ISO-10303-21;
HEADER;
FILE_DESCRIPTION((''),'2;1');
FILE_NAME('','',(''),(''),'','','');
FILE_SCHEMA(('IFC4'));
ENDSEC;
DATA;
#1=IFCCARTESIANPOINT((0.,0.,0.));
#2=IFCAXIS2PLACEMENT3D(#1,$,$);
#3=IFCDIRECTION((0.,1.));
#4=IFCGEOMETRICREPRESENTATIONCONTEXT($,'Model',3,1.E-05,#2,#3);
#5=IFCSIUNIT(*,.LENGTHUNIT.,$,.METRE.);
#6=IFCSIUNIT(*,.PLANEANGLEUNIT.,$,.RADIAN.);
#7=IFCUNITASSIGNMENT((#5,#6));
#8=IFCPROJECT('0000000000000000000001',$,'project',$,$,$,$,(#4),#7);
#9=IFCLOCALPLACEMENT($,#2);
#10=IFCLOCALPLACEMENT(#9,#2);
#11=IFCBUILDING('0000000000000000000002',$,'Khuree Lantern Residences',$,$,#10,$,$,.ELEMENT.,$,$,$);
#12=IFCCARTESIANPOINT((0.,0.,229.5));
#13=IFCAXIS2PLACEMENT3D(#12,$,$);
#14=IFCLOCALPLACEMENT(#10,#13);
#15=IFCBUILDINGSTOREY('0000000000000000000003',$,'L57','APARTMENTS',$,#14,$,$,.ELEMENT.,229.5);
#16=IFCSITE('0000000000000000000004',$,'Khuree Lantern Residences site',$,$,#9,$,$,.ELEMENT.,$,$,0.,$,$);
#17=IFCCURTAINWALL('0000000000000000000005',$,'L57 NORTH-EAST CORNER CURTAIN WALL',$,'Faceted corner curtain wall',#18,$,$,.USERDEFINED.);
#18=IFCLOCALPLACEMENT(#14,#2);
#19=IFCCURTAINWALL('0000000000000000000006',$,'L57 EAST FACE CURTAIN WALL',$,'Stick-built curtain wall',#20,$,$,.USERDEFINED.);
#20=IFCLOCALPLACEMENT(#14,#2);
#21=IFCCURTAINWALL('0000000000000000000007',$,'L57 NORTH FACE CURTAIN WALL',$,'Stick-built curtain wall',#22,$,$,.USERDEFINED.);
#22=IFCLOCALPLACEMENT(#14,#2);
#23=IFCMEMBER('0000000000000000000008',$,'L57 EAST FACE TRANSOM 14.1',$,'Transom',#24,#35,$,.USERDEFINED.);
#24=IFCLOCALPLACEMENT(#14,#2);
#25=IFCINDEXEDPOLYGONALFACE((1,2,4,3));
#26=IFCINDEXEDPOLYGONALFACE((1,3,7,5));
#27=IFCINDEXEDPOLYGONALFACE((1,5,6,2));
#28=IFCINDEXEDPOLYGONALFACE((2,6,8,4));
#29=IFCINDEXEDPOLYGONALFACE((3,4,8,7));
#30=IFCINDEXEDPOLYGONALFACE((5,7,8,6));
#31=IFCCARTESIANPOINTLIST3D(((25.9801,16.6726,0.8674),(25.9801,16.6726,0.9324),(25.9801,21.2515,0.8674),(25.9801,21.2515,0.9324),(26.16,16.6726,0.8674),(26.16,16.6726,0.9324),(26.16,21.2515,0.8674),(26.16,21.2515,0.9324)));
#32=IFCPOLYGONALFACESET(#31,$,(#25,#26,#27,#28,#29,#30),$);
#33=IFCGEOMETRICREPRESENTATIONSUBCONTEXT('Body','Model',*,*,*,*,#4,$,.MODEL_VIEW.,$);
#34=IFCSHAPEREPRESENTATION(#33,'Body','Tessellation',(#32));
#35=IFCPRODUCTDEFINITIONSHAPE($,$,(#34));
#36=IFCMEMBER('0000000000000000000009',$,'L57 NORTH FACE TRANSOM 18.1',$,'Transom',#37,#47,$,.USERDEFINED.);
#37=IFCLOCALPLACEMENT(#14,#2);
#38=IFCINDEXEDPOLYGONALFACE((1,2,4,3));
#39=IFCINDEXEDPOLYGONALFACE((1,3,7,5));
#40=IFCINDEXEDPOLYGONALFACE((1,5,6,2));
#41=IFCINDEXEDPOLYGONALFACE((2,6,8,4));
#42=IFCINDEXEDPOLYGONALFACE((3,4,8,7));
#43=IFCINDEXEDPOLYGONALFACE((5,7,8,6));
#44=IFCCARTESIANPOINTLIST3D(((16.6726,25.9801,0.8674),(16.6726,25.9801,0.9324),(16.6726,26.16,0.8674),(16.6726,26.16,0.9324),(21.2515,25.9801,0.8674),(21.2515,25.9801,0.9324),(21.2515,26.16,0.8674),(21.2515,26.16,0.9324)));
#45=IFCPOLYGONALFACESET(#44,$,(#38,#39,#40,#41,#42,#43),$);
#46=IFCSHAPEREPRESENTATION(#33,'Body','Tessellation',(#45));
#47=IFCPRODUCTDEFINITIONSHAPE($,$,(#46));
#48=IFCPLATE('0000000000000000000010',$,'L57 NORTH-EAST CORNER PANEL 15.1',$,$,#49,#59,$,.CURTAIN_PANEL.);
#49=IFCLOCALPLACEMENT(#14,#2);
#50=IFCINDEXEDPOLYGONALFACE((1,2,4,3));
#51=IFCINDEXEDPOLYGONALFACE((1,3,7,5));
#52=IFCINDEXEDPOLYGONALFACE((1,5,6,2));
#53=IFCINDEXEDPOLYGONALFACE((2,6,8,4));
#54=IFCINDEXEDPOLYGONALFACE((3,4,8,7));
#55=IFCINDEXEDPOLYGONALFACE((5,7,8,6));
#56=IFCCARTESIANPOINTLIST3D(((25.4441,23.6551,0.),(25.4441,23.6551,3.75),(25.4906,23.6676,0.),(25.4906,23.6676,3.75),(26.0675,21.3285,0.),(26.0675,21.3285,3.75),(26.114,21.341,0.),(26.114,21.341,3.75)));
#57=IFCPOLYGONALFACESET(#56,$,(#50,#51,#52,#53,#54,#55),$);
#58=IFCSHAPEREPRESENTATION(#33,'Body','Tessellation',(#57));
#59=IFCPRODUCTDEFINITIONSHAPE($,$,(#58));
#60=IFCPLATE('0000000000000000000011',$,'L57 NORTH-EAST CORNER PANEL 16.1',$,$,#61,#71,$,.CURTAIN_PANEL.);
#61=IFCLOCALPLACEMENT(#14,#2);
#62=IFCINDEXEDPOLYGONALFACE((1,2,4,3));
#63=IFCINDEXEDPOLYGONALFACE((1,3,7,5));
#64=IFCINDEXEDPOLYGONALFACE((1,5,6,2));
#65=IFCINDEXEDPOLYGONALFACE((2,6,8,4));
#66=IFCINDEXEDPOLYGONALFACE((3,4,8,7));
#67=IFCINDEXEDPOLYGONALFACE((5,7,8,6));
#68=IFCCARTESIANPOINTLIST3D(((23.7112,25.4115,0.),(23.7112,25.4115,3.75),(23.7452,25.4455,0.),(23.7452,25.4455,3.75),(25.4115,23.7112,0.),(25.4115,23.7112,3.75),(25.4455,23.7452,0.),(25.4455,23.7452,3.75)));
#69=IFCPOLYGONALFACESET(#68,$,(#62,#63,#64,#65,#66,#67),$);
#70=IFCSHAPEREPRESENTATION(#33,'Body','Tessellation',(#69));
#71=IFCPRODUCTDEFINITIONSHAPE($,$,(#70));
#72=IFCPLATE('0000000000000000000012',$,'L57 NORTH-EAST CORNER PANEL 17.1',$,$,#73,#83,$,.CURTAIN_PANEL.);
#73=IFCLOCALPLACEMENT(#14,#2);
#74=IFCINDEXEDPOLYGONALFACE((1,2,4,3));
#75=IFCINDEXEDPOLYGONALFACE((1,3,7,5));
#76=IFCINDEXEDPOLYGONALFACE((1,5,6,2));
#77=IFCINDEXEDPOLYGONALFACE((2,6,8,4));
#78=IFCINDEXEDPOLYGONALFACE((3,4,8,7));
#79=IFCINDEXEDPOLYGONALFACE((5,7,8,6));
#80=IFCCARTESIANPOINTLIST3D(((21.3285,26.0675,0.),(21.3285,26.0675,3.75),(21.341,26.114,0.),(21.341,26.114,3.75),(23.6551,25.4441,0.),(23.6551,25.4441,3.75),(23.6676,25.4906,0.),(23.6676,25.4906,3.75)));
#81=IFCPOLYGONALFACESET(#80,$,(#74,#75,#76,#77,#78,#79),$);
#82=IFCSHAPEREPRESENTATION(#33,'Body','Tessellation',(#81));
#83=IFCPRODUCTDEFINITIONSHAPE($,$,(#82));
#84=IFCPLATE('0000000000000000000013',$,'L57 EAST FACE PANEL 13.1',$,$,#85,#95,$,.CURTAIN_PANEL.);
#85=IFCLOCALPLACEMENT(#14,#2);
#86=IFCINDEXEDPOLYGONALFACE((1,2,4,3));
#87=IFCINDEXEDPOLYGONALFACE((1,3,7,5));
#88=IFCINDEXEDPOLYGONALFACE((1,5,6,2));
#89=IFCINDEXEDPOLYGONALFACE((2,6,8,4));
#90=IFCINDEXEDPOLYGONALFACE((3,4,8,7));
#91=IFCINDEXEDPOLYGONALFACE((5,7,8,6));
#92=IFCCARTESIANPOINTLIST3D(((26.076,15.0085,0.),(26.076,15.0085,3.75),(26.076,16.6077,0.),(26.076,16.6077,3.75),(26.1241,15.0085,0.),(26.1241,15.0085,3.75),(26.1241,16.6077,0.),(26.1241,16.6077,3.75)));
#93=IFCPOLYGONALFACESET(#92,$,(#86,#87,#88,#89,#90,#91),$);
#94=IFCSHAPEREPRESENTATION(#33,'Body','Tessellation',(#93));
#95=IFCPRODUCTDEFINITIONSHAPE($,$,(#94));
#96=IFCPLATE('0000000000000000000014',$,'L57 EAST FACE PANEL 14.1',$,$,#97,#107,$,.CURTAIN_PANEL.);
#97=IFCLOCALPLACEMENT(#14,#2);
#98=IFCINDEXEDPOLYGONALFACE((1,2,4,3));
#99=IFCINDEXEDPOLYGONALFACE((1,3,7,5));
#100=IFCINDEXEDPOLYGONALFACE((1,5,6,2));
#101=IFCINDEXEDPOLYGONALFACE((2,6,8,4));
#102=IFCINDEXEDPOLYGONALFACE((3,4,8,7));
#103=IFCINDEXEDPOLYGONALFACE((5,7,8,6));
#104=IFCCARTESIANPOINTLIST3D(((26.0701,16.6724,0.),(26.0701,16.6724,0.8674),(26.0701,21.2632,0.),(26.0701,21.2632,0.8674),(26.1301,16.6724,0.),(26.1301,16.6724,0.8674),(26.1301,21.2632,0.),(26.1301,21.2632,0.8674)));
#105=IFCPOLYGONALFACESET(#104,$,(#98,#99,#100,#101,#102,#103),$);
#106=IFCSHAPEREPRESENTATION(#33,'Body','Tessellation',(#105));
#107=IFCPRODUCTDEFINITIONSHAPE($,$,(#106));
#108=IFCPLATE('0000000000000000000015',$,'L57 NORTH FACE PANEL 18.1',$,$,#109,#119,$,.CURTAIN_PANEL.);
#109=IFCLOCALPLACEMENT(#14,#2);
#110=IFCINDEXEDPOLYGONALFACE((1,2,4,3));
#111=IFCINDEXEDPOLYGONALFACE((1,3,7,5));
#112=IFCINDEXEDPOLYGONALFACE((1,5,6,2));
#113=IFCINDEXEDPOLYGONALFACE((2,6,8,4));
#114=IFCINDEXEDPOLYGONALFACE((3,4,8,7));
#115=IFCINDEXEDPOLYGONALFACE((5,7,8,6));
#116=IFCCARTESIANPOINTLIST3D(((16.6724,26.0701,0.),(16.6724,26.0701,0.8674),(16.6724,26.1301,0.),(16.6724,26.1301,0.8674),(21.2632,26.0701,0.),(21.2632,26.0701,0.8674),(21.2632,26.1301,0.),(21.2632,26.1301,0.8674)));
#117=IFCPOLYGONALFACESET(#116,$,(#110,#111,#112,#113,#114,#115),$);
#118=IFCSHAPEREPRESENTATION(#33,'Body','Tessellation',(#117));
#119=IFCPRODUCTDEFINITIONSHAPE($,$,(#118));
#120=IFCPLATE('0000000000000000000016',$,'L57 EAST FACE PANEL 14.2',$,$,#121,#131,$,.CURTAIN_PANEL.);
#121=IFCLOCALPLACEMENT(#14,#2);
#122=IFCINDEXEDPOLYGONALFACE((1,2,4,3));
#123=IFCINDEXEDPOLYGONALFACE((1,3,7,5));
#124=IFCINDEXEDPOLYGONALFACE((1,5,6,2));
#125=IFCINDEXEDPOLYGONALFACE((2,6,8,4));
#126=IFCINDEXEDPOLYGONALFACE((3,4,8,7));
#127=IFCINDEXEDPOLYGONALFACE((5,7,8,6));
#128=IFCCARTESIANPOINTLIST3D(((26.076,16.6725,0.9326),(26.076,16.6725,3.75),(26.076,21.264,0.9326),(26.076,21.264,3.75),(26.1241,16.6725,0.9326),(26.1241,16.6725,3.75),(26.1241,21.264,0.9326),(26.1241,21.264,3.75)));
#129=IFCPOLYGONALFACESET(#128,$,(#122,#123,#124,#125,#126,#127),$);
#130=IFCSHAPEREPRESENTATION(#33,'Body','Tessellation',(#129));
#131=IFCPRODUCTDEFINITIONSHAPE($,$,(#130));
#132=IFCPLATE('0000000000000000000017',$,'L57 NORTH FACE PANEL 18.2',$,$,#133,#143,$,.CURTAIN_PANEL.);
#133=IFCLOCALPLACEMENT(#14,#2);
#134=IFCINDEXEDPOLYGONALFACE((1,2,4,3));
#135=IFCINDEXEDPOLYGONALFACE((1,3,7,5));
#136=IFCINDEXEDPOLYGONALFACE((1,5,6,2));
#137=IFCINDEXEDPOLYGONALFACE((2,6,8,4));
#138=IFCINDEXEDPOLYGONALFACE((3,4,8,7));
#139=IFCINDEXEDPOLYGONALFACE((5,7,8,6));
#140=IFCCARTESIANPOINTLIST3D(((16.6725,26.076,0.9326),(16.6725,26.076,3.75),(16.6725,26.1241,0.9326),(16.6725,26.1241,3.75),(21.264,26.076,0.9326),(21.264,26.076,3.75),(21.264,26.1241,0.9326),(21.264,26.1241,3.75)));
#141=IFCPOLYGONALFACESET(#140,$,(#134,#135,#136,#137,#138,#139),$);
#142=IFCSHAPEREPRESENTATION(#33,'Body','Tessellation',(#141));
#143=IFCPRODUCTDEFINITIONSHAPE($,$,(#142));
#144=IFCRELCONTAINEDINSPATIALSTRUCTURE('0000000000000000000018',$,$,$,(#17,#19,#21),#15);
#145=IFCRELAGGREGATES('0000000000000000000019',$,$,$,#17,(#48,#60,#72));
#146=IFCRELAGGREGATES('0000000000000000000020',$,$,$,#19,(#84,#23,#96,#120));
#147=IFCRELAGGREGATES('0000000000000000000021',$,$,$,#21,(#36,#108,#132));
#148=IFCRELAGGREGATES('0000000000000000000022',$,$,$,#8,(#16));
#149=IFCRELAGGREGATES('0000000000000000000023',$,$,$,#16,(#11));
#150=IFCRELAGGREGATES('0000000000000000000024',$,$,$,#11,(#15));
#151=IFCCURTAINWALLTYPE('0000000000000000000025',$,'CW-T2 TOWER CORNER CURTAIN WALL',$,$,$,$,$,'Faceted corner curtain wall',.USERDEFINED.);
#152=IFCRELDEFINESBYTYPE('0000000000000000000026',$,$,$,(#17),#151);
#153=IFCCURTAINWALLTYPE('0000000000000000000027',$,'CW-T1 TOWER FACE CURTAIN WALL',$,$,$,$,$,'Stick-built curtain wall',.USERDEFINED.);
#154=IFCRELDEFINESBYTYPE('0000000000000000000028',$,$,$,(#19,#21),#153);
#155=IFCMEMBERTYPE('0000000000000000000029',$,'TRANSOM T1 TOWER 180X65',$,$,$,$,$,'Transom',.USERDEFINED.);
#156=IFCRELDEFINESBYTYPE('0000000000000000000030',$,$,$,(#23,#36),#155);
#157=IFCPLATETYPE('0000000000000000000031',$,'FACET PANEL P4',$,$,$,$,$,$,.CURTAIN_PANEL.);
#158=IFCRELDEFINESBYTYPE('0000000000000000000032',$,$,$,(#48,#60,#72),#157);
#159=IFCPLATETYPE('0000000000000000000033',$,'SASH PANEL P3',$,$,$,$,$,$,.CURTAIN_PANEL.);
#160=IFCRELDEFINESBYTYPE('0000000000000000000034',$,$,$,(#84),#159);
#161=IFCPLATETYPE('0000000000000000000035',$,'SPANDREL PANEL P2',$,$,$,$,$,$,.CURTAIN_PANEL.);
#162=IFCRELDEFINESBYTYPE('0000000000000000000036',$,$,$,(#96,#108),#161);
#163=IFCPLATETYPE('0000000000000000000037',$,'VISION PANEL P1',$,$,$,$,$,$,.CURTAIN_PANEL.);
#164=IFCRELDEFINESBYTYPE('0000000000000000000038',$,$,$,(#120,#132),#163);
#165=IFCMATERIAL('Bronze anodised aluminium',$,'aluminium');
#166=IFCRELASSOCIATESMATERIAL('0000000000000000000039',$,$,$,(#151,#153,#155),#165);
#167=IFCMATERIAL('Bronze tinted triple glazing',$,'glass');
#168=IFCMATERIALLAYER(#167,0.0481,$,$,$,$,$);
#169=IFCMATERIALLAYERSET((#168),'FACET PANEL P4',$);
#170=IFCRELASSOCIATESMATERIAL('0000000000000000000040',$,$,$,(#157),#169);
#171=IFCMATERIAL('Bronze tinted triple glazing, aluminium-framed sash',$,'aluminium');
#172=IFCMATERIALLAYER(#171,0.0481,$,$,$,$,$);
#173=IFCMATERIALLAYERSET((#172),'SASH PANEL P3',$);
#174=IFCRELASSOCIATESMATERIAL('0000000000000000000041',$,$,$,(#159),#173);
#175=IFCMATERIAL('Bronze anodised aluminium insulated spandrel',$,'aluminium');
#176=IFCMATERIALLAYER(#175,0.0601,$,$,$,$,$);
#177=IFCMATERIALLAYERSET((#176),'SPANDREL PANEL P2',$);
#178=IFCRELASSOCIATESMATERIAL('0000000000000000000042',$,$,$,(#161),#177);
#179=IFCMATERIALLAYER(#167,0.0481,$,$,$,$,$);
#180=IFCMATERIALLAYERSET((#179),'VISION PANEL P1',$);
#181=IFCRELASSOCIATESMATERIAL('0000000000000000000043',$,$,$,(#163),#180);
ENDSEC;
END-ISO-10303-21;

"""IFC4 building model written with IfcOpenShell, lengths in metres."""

from ifc_helpers import new_model, si_unit, direction, frame, origin, origin_2d, place, context, subcontext, project, spatial, rectangle, extrude, material, layer, layer_set, material_profile, profile_set, type_object, element, aggregate, save


model = new_model("IFC4")

# Units and contexts
model_context = context("Model", 3, precision=1e-05, world=origin(), true_north=direction((0.0, 1.0)))
body_context = subcontext(model_context, "Body", "Model", "MODEL_VIEW")
ifc_project = project(units=[si_unit("LENGTHUNIT", "METRE"), si_unit("PLANEANGLEUNIT", "RADIAN")], contexts=[model_context])

# Site, building, storey
site_placement = place(None, origin())
site = spatial("IfcSite", under=ifc_project, at=site_placement, Name="Khuree Lantern Residences site", CompositionType="ELEMENT", RefElevation=0.0)
building_placement = place(site_placement, origin())
building = spatial("IfcBuilding", under=site, at=building_placement, Name="Khuree Lantern Residences", CompositionType="ELEMENT")
storey_placement = place(building_placement, frame((0.0, 0.0, 229.5)))
storey = spatial("IfcBuildingStorey", under=building, at=storey_placement, Name="L57", Description="APARTMENTS", CompositionType="ELEMENT", Elevation=229.5)

# Curtain wall
ifc_material_1 = material(Name="Bronze anodised aluminium", Category="aluminium")
curtain_wall_type_1 = type_object("IfcCurtainWallType", Name="CW-T2 TOWER CORNER CURTAIN WALL", ElementType="Faceted corner curtain wall", PredefinedType="USERDEFINED", material=ifc_material_1)
curtain_wall_1_placement = place(storey_placement, origin())
curtain_wall_1 = element("IfcCurtainWall", 1, at=curtain_wall_1_placement, inside=storey, type_object=curtain_wall_type_1, Name="L57 NORTH-EAST CORNER CURTAIN WALL", ObjectType="Faceted corner curtain wall", PredefinedType="USERDEFINED")

# Curtain wall
curtain_wall_type_2 = type_object("IfcCurtainWallType", Name="CW-T1 TOWER FACE CURTAIN WALL", ElementType="Stick-built curtain wall", PredefinedType="USERDEFINED", material=ifc_material_1)
curtain_wall_2_placement = place(storey_placement, origin())
curtain_wall_2 = element("IfcCurtainWall", 2, at=curtain_wall_2_placement, inside=storey, type_object=curtain_wall_type_2, Name="L57 EAST FACE CURTAIN WALL", ObjectType="Stick-built curtain wall", PredefinedType="USERDEFINED")

# Curtain wall
curtain_wall_3_placement = place(storey_placement, origin())
curtain_wall_3 = element("IfcCurtainWall", 3, at=curtain_wall_3_placement, inside=storey, type_object=curtain_wall_type_2, Name="L57 NORTH FACE CURTAIN WALL", ObjectType="Stick-built curtain wall", PredefinedType="USERDEFINED")

# Members
ifc_material_profile_1 = material_profile(ifc_material_1, rectangle(XDim=0.1799, YDim=0.0649, at=origin_2d()), Name="T1 180X65")
ifc_profile_set_1 = profile_set([ifc_material_profile_1], Name="Bronze anodised aluminium")
member_type_1 = type_object("IfcMemberType", Name="TRANSOM T1 TOWER 180X65", ElementType="Transom", PredefinedType="USERDEFINED", material=ifc_profile_set_1)
member_1_placement = place(storey_placement, frame((26.0701, 16.6726, 0.8999), z_axis=(0.0, 1.0, 0.0), x_axis=(-1.0, 0.0, 0.0)))
member_1 = element("IfcMember", 4, at=member_1_placement, type_object=member_type_1, Name="L57 EAST FACE TRANSOM 14.1", ObjectType="Transom", PredefinedType="USERDEFINED", context=body_context, shape_type="SweptSolid", body=[
    extrude(rectangle(XDim=0.1799, YDim=0.0649, at=origin_2d()), origin(), (0.0, 0.0, 1.0), 4.5789),
])
member_2_placement = place(storey_placement, frame((21.2515, 26.0701, 0.8999), z_axis=(-1.0, 0.0, 0.0), x_axis=(0.0, -1.0, 0.0)))
member_2 = element("IfcMember", 5, at=member_2_placement, type_object=member_type_1, Name="L57 NORTH FACE TRANSOM 18.1", ObjectType="Transom", PredefinedType="USERDEFINED", context=body_context, shape_type="SweptSolid", body=[
    extrude(rectangle(XDim=0.1799, YDim=0.0649, at=origin_2d()), origin(), (0.0, 0.0, 1.0), 4.5789),
])

# Plates
ifc_material_2 = material(Name="Bronze tinted triple glazing", Category="glass")
ifc_layer_1 = layer(ifc_material_2, 0.0481)
ifc_layer_set_1 = layer_set([ifc_layer_1], Name="FACET PANEL P4")
plate_type_1 = type_object("IfcPlateType", Name="FACET PANEL P4", PredefinedType="CURTAIN_PANEL", material=ifc_layer_set_1)
plate_1_placement = place(storey_placement, frame((25.7791, 22.498, 0.0), z_axis=(0.0, 0.0, 1.0), x_axis=(-0.258819, 0.965926, 0.0)))
plate_1 = element("IfcPlate", 6, at=plate_1_placement, type_object=plate_type_1, Name="L57 NORTH-EAST CORNER PANEL 15.1", PredefinedType="CURTAIN_PANEL", context=body_context, shape_type="SweptSolid", body=[
    extrude(rectangle(XDim=2.4087, YDim=0.0481, at=origin_2d()), origin(), (0.0, 0.0, 1.0), 3.75),
])
plate_2_placement = place(storey_placement, frame((24.5784, 24.5784, 0.0), z_axis=(0.0, 0.0, 1.0), x_axis=(-0.707107, 0.707107, 0.0)))
plate_2 = element("IfcPlate", 7, at=plate_2_placement, type_object=plate_type_1, Name="L57 NORTH-EAST CORNER PANEL 16.1", PredefinedType="CURTAIN_PANEL", context=body_context, shape_type="SweptSolid", body=[
    extrude(rectangle(XDim=2.4045, YDim=0.0481, at=origin_2d()), origin(), (0.0, 0.0, 1.0), 3.75),
])
plate_3_placement = place(storey_placement, frame((22.498, 25.7791, 0.0), z_axis=(0.0, 0.0, 1.0), x_axis=(-0.965926, 0.258819, 0.0)))
plate_3 = element("IfcPlate", 8, at=plate_3_placement, type_object=plate_type_1, Name="L57 NORTH-EAST CORNER PANEL 17.1", PredefinedType="CURTAIN_PANEL", context=body_context, shape_type="SweptSolid", body=[
    extrude(rectangle(XDim=2.4087, YDim=0.0481, at=origin_2d()), origin(), (0.0, 0.0, 1.0), 3.75),
])
aggregate(curtain_wall_1, [plate_1, plate_2, plate_3])
ifc_material_3 = material(Name="Bronze tinted triple glazing, aluminium-framed sash", Category="aluminium")
ifc_layer_2 = layer(ifc_material_3, 0.0481)
ifc_layer_set_2 = layer_set([ifc_layer_2], Name="SASH PANEL P3")
plate_type_2 = type_object("IfcPlateType", Name="SASH PANEL P3", PredefinedType="CURTAIN_PANEL", material=ifc_layer_set_2)
plate_4_placement = place(storey_placement, frame((26.1001, 15.8081, 0.0), z_axis=(0.0, 0.0, 1.0), x_axis=(0.0, 1.0, 0.0)))
plate_4 = element("IfcPlate", 9, at=plate_4_placement, type_object=plate_type_2, Name="L57 EAST FACE PANEL 13.1", PredefinedType="CURTAIN_PANEL", context=body_context, shape_type="SweptSolid", body=[
    extrude(rectangle(XDim=1.5991, YDim=0.0481, at=origin_2d()), origin(), (0.0, 0.0, 1.0), 3.75),
])
ifc_material_4 = material(Name="Bronze anodised aluminium insulated spandrel", Category="aluminium")
ifc_layer_3 = layer(ifc_material_4, 0.0601)
ifc_layer_set_3 = layer_set([ifc_layer_3], Name="SPANDREL PANEL P2")
plate_type_3 = type_object("IfcPlateType", Name="SPANDREL PANEL P2", PredefinedType="CURTAIN_PANEL", material=ifc_layer_set_3)
plate_5_placement = place(storey_placement, frame((26.1001, 18.9678, 0.0), z_axis=(0.0, 0.0, 1.0), x_axis=(0.0, 1.0, 0.0)))
plate_5 = element("IfcPlate", 10, at=plate_5_placement, type_object=plate_type_3, Name="L57 EAST FACE PANEL 14.1", PredefinedType="CURTAIN_PANEL", context=body_context, shape_type="SweptSolid", body=[
    extrude(rectangle(XDim=4.5908, YDim=0.0601, at=origin_2d()), origin(), (0.0, 0.0, 1.0), 0.8674),
])
plate_6_placement = place(storey_placement, frame((18.9678, 26.1001, 0.0), z_axis=(0.0, 0.0, 1.0), x_axis=(-1.0, 0.0, 0.0)))
plate_6 = element("IfcPlate", 11, at=plate_6_placement, type_object=plate_type_3, Name="L57 NORTH FACE PANEL 18.1", PredefinedType="CURTAIN_PANEL", context=body_context, shape_type="SweptSolid", body=[
    extrude(rectangle(XDim=4.5908, YDim=0.0601, at=origin_2d()), origin(), (0.0, 0.0, 1.0), 0.8674),
])
ifc_layer_4 = layer(ifc_material_2, 0.0481)
ifc_layer_set_4 = layer_set([ifc_layer_4], Name="VISION PANEL P1")
plate_type_4 = type_object("IfcPlateType", Name="VISION PANEL P1", PredefinedType="CURTAIN_PANEL", material=ifc_layer_set_4)
plate_7_placement = place(storey_placement, frame((26.1001, 18.9683, 0.9326), z_axis=(0.0, 0.0, 1.0), x_axis=(0.0, 1.0, 0.0)))
plate_7 = element("IfcPlate", 12, at=plate_7_placement, type_object=plate_type_4, Name="L57 EAST FACE PANEL 14.2", PredefinedType="CURTAIN_PANEL", context=body_context, shape_type="SweptSolid", body=[
    extrude(rectangle(XDim=4.5916, YDim=0.0481, at=origin_2d()), origin(), (0.0, 0.0, 1.0), 2.8174),
])
aggregate(curtain_wall_2, [plate_4, member_1, plate_5, plate_7])
plate_8_placement = place(storey_placement, frame((18.9683, 26.1001, 0.9326), z_axis=(0.0, 0.0, 1.0), x_axis=(-1.0, 0.0, 0.0)))
plate_8 = element("IfcPlate", 13, at=plate_8_placement, type_object=plate_type_4, Name="L57 NORTH FACE PANEL 18.2", PredefinedType="CURTAIN_PANEL", context=body_context, shape_type="SweptSolid", body=[
    extrude(rectangle(XDim=4.5916, YDim=0.0481, at=origin_2d()), origin(), (0.0, 0.0, 1.0), 2.8174),
])
aggregate(curtain_wall_3, [member_2, plate_6, plate_8])

save(model, "model.ifc")
